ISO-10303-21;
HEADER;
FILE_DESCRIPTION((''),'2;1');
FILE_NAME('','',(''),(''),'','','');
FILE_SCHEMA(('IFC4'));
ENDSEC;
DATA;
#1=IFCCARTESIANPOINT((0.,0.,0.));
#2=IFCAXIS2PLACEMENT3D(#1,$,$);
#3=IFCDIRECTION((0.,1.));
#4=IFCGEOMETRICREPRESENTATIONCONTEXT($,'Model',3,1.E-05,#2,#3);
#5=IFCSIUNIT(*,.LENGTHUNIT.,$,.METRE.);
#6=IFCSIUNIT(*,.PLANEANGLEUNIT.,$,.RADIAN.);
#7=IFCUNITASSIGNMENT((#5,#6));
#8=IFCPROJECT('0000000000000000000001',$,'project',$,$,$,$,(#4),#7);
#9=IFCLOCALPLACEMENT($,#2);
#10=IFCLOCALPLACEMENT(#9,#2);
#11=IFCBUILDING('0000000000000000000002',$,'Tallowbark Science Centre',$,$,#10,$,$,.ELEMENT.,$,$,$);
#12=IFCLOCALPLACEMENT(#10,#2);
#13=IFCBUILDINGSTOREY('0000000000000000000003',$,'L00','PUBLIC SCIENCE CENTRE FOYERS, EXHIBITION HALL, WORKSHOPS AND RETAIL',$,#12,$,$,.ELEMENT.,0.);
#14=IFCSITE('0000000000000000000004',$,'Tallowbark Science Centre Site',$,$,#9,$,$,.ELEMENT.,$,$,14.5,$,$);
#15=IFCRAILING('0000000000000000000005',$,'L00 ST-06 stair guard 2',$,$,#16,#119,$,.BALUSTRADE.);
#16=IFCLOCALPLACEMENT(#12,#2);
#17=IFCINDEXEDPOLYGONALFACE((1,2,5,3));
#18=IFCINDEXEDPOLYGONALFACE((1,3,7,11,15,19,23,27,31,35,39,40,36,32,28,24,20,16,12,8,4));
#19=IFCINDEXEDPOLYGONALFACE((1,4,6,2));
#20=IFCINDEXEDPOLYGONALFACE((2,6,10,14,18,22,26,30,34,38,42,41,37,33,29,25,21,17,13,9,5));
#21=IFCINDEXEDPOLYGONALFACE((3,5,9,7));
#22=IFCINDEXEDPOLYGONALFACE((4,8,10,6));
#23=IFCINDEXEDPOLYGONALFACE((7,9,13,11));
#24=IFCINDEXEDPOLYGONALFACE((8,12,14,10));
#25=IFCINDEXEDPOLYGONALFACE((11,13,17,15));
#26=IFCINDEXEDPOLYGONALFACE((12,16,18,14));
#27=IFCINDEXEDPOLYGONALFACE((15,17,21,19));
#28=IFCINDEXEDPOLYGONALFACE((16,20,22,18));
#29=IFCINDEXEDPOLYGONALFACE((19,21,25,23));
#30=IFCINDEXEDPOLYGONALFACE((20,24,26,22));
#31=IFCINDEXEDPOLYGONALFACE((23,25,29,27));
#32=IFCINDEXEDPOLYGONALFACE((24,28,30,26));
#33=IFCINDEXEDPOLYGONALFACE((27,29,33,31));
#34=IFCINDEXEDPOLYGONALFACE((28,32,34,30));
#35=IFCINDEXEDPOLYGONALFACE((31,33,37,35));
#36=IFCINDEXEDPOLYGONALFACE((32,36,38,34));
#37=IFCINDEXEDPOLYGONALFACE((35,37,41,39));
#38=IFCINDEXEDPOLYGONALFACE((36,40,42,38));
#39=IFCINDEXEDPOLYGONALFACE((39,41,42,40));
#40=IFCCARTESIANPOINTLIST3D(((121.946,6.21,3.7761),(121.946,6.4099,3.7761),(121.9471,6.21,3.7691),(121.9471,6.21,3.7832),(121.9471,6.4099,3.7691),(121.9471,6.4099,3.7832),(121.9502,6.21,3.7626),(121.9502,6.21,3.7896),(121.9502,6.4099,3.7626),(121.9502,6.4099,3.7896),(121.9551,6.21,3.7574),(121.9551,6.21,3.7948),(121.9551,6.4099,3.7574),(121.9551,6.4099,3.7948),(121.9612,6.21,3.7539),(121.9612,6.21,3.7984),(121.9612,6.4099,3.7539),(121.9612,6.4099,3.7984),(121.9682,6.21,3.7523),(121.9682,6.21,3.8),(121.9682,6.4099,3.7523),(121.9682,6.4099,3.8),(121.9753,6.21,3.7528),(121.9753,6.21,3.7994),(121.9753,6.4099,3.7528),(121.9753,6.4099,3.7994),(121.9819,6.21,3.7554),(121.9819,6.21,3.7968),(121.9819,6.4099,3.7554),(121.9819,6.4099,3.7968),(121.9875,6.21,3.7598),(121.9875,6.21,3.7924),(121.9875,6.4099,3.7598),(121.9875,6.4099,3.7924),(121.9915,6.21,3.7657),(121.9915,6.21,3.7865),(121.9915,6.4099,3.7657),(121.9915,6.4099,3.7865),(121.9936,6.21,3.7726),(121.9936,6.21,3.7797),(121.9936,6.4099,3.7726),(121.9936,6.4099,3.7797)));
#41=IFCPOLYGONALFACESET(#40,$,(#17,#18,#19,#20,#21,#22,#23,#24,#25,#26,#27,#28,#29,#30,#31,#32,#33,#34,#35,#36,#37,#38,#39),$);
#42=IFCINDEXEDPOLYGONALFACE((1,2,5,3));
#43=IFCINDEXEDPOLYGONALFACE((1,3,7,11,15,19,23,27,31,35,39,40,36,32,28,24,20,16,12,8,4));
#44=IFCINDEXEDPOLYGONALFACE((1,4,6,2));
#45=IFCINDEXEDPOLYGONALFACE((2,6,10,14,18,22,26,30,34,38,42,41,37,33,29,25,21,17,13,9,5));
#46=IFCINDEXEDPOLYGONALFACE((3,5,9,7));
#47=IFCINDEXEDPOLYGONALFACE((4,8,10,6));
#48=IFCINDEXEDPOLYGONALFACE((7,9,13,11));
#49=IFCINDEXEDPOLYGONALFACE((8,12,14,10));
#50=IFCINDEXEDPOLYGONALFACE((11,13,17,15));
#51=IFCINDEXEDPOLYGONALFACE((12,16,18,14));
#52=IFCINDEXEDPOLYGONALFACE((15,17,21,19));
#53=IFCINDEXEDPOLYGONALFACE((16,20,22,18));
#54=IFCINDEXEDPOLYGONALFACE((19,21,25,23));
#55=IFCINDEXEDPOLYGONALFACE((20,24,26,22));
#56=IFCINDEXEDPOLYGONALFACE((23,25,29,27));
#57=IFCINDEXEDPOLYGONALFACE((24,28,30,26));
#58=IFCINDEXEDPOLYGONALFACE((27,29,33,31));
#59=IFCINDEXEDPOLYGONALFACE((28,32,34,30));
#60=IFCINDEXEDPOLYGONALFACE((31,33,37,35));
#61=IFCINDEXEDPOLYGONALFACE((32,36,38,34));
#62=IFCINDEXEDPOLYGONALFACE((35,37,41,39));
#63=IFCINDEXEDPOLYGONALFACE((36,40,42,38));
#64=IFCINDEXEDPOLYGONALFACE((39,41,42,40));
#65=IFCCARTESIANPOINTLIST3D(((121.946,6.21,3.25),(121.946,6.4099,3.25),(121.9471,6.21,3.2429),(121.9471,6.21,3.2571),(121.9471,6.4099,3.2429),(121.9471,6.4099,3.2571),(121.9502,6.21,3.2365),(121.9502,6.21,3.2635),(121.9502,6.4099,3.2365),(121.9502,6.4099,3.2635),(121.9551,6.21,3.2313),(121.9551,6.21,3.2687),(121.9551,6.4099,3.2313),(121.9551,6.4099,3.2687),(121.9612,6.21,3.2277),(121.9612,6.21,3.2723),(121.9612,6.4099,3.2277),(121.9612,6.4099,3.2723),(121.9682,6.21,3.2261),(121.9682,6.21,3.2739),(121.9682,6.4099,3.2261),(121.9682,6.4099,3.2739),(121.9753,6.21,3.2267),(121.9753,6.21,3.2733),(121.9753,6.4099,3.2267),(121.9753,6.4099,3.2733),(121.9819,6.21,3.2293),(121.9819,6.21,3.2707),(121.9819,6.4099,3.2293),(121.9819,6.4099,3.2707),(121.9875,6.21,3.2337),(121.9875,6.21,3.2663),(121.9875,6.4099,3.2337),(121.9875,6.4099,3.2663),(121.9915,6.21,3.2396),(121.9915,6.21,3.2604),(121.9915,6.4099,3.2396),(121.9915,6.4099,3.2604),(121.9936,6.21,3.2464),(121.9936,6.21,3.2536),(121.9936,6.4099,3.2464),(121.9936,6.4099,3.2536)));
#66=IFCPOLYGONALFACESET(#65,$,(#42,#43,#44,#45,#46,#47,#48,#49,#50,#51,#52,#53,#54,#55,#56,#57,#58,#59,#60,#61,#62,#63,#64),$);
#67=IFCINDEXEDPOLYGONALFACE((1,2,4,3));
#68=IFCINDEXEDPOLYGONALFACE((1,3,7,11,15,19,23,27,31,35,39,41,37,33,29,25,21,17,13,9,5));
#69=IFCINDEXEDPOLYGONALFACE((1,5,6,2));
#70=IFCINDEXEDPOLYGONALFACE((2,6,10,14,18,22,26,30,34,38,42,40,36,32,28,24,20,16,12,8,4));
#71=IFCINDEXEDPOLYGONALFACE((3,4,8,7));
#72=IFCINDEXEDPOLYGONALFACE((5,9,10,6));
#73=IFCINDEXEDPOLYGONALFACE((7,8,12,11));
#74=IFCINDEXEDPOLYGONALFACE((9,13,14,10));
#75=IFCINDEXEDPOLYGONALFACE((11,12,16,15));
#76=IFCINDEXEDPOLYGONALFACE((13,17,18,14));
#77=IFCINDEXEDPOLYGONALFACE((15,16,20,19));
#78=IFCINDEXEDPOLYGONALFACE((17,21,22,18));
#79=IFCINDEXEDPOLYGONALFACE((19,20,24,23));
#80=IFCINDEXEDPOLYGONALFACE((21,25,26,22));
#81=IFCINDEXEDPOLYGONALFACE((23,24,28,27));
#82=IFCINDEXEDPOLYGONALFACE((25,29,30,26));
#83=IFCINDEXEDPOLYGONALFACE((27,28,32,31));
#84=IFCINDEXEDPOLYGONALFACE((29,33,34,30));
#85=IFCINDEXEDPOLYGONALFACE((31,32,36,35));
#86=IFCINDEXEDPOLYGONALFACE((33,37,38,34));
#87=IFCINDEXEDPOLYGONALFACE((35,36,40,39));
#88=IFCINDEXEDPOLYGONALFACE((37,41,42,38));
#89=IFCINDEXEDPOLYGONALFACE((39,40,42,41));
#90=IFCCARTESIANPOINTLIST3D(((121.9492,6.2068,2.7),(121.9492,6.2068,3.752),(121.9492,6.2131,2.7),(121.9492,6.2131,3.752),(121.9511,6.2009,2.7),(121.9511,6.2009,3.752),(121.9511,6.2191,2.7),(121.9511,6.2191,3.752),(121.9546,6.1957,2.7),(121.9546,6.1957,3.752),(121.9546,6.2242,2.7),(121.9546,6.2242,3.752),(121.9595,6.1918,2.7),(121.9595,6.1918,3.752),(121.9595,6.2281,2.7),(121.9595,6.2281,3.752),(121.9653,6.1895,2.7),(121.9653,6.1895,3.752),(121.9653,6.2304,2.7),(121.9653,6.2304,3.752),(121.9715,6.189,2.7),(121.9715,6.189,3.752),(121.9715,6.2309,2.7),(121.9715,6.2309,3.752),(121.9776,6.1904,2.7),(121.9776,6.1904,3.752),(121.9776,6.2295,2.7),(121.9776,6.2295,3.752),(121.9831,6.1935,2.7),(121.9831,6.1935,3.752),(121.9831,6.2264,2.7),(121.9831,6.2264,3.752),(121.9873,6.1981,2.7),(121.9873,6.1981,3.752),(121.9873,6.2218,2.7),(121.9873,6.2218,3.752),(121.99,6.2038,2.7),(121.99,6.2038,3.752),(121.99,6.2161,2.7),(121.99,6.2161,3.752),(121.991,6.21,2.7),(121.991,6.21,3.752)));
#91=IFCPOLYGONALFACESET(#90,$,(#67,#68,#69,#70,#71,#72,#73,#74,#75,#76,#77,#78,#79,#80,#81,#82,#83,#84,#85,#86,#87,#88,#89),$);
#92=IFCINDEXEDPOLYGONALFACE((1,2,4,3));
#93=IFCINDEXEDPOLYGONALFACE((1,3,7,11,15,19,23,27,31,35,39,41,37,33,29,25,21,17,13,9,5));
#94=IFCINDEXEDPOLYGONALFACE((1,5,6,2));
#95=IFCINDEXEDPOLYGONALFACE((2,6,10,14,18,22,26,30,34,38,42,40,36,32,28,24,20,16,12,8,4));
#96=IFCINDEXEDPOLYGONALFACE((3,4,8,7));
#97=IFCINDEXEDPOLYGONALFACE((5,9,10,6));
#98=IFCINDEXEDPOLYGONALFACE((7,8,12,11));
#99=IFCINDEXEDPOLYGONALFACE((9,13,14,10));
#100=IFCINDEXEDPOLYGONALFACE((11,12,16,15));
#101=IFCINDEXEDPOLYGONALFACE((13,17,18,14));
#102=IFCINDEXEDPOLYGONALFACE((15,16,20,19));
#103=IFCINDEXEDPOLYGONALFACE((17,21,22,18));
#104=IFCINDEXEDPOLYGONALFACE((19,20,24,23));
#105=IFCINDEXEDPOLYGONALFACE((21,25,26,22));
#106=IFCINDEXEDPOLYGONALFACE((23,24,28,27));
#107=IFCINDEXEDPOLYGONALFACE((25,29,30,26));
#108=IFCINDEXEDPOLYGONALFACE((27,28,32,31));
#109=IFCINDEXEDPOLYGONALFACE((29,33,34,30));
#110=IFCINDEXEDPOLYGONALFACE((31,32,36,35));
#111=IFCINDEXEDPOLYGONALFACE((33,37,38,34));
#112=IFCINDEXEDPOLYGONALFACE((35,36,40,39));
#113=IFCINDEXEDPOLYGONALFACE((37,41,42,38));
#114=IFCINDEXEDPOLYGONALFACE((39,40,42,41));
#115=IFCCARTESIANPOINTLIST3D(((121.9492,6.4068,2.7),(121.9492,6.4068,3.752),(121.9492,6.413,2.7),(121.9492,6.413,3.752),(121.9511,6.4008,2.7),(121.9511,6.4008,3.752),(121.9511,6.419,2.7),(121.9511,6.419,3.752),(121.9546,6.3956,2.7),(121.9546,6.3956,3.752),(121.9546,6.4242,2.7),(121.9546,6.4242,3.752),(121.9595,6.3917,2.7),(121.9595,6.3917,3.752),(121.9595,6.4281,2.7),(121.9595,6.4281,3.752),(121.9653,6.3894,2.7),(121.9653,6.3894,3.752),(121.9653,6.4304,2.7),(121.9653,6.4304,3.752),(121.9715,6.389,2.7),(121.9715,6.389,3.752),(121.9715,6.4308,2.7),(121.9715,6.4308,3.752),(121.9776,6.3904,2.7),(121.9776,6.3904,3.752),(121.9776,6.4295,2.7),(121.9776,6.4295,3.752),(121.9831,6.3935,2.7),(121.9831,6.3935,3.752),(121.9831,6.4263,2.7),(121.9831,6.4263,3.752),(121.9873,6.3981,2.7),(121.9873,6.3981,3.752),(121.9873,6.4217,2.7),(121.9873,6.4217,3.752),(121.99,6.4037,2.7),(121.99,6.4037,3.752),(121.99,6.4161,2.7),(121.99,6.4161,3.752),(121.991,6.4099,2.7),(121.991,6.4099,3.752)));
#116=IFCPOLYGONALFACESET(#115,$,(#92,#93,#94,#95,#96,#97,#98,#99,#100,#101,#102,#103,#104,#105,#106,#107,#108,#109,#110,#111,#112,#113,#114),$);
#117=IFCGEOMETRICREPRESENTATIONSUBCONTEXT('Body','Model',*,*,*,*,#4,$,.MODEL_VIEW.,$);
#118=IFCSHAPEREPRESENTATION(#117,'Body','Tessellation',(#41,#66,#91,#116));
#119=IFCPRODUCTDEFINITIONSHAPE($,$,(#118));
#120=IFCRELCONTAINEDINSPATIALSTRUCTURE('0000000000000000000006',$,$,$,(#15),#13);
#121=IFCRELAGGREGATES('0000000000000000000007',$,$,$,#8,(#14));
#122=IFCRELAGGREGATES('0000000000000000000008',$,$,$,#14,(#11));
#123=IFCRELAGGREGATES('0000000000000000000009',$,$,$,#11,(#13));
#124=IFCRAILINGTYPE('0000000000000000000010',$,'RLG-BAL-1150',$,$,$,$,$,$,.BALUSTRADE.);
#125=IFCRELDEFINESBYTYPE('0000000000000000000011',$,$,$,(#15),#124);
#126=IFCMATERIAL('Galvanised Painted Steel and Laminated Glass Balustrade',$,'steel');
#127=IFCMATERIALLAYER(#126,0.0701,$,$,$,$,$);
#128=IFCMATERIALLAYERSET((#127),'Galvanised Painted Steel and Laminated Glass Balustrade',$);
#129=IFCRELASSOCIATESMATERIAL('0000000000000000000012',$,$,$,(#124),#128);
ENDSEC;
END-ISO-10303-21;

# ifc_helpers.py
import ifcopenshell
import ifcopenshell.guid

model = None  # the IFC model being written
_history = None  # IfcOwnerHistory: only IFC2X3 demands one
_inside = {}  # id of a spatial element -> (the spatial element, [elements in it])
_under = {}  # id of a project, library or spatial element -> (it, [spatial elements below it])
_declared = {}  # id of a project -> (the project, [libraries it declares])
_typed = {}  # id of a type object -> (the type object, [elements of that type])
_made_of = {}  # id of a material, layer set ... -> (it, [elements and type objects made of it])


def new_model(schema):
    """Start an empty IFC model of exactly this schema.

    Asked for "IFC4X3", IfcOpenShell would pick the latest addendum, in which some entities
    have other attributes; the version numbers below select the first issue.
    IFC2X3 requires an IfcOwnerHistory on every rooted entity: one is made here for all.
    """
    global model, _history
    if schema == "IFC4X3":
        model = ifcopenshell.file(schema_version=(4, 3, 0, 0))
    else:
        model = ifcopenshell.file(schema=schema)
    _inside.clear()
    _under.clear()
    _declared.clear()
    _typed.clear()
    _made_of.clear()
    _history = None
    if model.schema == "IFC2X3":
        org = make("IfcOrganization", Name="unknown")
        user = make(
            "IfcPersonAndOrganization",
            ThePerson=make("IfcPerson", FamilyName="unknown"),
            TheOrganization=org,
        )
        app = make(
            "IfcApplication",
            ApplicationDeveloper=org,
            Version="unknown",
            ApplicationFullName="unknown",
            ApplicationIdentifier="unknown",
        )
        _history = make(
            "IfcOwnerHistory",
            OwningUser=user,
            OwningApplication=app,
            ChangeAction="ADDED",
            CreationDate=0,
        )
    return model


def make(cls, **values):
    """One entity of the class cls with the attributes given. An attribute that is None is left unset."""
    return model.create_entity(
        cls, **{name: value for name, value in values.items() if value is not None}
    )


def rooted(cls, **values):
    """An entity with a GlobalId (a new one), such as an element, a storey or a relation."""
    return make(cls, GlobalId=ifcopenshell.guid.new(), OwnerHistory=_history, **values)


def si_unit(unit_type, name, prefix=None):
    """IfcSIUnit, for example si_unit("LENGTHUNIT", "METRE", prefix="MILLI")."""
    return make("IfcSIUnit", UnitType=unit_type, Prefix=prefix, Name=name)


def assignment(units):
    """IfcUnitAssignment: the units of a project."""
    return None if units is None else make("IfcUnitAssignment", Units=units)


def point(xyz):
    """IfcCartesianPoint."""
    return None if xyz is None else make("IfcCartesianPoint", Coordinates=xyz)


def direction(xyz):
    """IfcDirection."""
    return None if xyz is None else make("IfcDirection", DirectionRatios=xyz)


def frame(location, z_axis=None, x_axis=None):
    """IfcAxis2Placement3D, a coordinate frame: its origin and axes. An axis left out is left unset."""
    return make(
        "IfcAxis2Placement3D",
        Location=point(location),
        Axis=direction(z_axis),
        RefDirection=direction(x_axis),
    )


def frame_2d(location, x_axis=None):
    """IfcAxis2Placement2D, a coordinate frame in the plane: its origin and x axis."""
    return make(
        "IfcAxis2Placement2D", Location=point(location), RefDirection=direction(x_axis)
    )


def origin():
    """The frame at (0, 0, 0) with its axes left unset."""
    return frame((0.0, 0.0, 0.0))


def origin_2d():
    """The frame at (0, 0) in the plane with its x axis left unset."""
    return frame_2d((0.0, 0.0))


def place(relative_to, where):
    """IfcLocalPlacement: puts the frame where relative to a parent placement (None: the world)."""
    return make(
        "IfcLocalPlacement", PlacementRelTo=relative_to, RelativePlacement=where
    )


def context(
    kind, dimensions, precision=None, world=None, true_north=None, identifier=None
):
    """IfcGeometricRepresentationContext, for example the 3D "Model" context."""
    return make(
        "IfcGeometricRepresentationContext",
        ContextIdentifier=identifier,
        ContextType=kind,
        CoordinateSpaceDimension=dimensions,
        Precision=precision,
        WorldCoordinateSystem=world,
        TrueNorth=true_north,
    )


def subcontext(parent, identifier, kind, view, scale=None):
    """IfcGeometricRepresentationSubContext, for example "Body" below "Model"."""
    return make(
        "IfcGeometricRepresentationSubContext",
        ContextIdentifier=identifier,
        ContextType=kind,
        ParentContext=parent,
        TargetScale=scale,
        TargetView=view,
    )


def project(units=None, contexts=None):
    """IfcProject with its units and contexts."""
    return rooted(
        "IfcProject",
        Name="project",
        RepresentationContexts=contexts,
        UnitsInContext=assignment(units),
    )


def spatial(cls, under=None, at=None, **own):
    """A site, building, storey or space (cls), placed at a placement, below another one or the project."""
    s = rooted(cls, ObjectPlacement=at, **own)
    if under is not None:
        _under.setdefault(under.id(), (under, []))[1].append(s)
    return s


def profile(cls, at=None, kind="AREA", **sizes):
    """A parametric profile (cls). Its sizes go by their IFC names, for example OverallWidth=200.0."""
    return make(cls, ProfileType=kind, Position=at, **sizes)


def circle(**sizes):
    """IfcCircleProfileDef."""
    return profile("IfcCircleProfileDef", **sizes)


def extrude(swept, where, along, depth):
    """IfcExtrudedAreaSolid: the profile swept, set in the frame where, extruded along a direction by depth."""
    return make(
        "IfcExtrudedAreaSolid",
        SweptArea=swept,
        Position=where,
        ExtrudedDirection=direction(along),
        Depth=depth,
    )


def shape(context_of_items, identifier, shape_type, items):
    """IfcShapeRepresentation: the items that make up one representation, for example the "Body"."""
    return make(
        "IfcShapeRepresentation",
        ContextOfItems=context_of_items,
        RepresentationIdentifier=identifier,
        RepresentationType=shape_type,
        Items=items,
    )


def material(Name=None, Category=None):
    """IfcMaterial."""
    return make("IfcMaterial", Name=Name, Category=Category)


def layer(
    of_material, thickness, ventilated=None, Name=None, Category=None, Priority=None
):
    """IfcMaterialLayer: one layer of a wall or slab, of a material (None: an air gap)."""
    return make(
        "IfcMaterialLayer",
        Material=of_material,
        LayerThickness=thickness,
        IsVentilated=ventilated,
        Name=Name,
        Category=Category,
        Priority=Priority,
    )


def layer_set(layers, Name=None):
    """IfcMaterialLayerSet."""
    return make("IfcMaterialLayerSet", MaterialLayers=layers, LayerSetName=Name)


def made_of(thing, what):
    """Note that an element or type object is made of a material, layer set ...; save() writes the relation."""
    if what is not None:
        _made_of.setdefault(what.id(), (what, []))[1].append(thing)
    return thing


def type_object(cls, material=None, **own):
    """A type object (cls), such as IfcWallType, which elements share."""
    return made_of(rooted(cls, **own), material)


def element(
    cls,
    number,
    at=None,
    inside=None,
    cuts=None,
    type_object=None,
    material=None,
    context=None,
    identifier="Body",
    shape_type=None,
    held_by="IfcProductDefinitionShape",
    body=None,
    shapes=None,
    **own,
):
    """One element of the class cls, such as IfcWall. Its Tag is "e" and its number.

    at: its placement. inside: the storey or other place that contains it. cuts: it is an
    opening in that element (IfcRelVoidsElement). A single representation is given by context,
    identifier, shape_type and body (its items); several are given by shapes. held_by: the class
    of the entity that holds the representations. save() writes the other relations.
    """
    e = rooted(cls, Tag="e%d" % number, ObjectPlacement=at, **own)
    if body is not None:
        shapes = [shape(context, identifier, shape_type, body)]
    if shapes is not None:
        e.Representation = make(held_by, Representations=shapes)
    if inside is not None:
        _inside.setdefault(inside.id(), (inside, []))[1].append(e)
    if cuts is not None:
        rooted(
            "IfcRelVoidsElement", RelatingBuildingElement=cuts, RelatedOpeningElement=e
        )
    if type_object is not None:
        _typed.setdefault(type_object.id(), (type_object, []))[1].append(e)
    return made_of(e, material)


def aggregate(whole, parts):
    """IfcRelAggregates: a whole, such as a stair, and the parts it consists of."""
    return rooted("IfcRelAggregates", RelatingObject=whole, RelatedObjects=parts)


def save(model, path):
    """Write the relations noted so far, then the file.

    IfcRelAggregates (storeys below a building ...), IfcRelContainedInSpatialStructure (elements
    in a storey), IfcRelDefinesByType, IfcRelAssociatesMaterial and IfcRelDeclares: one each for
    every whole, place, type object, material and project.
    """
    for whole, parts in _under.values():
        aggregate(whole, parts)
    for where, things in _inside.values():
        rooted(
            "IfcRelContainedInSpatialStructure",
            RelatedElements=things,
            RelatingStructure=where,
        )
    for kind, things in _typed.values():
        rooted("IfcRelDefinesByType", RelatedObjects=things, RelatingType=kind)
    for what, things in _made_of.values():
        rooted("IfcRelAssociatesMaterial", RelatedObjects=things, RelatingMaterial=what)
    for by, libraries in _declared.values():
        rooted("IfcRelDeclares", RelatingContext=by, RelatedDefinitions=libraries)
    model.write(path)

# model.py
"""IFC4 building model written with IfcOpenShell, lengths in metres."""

from ifc_helpers import new_model, si_unit, direction, frame, origin, origin_2d, place, context, subcontext, project, spatial, circle, extrude, material, layer, layer_set, type_object, element, save


model = new_model("IFC4")

# Units and contexts
model_context = context("Model", 3, precision=1e-05, world=origin(), true_north=direction((0.0, 1.0)))
body_context = subcontext(model_context, "Body", "Model", "MODEL_VIEW")
ifc_project = project(units=[si_unit("LENGTHUNIT", "METRE"), si_unit("PLANEANGLEUNIT", "RADIAN")], contexts=[model_context])

# Site, building, storey
site_placement = place(None, origin())
site = spatial("IfcSite", under=ifc_project, at=site_placement, Name="Tallowbark Science Centre Site", CompositionType="ELEMENT", RefElevation=14.5)
building_placement = place(site_placement, origin())
building = spatial("IfcBuilding", under=site, at=building_placement, Name="Tallowbark Science Centre", CompositionType="ELEMENT")
storey_placement = place(building_placement, origin())
storey = spatial("IfcBuildingStorey", under=building, at=storey_placement, Name="L00", Description="PUBLIC SCIENCE CENTRE FOYERS, EXHIBITION HALL, WORKSHOPS AND RETAIL", CompositionType="ELEMENT", Elevation=0.0)

# Railing
ifc_material_1 = material(Name="Galvanised Painted Steel and Laminated Glass Balustrade", Category="steel")
ifc_layer_1 = layer(ifc_material_1, 0.0701)
ifc_layer_set_1 = layer_set([ifc_layer_1], Name="Galvanised Painted Steel and Laminated Glass Balustrade")
railing_type_1 = type_object("IfcRailingType", Name="RLG-BAL-1150", PredefinedType="BALUSTRADE", material=ifc_layer_set_1)
railing_1_placement = place(storey_placement, frame((121.97, 6.21, 2.7)))
element("IfcRailing", 1, at=railing_1_placement, inside=storey, type_object=railing_type_1, Name="L00 ST-06 stair guard 2", PredefinedType="BALUSTRADE", context=body_context, shape_type="SweptSolid", body=[
    extrude(circle(Radius=0.0239, at=origin_2d()), frame((0.0, 0.0, 1.0762), z_axis=(0.0, 1.0, 0.0), x_axis=(-1.0, 0.0, 0.0)), (0.0, 0.0, 1.0), 0.2),
    extrude(circle(Radius=0.0239, at=origin_2d()), frame((0.0, 0.0, 0.55), z_axis=(0.0, 1.0, 0.0), x_axis=(-1.0, 0.0, 0.0)), (0.0, 0.0, 1.0), 0.2),
    extrude(circle(Radius=0.021, at=origin_2d()), origin(), (0.0, 0.0, 1.0), 1.052),
    extrude(circle(Radius=0.021, at=origin_2d()), frame((0.0, 0.2, 0.0)), (0.0, 0.0, 1.0), 1.052),
])

save(model, "model.ifc")
